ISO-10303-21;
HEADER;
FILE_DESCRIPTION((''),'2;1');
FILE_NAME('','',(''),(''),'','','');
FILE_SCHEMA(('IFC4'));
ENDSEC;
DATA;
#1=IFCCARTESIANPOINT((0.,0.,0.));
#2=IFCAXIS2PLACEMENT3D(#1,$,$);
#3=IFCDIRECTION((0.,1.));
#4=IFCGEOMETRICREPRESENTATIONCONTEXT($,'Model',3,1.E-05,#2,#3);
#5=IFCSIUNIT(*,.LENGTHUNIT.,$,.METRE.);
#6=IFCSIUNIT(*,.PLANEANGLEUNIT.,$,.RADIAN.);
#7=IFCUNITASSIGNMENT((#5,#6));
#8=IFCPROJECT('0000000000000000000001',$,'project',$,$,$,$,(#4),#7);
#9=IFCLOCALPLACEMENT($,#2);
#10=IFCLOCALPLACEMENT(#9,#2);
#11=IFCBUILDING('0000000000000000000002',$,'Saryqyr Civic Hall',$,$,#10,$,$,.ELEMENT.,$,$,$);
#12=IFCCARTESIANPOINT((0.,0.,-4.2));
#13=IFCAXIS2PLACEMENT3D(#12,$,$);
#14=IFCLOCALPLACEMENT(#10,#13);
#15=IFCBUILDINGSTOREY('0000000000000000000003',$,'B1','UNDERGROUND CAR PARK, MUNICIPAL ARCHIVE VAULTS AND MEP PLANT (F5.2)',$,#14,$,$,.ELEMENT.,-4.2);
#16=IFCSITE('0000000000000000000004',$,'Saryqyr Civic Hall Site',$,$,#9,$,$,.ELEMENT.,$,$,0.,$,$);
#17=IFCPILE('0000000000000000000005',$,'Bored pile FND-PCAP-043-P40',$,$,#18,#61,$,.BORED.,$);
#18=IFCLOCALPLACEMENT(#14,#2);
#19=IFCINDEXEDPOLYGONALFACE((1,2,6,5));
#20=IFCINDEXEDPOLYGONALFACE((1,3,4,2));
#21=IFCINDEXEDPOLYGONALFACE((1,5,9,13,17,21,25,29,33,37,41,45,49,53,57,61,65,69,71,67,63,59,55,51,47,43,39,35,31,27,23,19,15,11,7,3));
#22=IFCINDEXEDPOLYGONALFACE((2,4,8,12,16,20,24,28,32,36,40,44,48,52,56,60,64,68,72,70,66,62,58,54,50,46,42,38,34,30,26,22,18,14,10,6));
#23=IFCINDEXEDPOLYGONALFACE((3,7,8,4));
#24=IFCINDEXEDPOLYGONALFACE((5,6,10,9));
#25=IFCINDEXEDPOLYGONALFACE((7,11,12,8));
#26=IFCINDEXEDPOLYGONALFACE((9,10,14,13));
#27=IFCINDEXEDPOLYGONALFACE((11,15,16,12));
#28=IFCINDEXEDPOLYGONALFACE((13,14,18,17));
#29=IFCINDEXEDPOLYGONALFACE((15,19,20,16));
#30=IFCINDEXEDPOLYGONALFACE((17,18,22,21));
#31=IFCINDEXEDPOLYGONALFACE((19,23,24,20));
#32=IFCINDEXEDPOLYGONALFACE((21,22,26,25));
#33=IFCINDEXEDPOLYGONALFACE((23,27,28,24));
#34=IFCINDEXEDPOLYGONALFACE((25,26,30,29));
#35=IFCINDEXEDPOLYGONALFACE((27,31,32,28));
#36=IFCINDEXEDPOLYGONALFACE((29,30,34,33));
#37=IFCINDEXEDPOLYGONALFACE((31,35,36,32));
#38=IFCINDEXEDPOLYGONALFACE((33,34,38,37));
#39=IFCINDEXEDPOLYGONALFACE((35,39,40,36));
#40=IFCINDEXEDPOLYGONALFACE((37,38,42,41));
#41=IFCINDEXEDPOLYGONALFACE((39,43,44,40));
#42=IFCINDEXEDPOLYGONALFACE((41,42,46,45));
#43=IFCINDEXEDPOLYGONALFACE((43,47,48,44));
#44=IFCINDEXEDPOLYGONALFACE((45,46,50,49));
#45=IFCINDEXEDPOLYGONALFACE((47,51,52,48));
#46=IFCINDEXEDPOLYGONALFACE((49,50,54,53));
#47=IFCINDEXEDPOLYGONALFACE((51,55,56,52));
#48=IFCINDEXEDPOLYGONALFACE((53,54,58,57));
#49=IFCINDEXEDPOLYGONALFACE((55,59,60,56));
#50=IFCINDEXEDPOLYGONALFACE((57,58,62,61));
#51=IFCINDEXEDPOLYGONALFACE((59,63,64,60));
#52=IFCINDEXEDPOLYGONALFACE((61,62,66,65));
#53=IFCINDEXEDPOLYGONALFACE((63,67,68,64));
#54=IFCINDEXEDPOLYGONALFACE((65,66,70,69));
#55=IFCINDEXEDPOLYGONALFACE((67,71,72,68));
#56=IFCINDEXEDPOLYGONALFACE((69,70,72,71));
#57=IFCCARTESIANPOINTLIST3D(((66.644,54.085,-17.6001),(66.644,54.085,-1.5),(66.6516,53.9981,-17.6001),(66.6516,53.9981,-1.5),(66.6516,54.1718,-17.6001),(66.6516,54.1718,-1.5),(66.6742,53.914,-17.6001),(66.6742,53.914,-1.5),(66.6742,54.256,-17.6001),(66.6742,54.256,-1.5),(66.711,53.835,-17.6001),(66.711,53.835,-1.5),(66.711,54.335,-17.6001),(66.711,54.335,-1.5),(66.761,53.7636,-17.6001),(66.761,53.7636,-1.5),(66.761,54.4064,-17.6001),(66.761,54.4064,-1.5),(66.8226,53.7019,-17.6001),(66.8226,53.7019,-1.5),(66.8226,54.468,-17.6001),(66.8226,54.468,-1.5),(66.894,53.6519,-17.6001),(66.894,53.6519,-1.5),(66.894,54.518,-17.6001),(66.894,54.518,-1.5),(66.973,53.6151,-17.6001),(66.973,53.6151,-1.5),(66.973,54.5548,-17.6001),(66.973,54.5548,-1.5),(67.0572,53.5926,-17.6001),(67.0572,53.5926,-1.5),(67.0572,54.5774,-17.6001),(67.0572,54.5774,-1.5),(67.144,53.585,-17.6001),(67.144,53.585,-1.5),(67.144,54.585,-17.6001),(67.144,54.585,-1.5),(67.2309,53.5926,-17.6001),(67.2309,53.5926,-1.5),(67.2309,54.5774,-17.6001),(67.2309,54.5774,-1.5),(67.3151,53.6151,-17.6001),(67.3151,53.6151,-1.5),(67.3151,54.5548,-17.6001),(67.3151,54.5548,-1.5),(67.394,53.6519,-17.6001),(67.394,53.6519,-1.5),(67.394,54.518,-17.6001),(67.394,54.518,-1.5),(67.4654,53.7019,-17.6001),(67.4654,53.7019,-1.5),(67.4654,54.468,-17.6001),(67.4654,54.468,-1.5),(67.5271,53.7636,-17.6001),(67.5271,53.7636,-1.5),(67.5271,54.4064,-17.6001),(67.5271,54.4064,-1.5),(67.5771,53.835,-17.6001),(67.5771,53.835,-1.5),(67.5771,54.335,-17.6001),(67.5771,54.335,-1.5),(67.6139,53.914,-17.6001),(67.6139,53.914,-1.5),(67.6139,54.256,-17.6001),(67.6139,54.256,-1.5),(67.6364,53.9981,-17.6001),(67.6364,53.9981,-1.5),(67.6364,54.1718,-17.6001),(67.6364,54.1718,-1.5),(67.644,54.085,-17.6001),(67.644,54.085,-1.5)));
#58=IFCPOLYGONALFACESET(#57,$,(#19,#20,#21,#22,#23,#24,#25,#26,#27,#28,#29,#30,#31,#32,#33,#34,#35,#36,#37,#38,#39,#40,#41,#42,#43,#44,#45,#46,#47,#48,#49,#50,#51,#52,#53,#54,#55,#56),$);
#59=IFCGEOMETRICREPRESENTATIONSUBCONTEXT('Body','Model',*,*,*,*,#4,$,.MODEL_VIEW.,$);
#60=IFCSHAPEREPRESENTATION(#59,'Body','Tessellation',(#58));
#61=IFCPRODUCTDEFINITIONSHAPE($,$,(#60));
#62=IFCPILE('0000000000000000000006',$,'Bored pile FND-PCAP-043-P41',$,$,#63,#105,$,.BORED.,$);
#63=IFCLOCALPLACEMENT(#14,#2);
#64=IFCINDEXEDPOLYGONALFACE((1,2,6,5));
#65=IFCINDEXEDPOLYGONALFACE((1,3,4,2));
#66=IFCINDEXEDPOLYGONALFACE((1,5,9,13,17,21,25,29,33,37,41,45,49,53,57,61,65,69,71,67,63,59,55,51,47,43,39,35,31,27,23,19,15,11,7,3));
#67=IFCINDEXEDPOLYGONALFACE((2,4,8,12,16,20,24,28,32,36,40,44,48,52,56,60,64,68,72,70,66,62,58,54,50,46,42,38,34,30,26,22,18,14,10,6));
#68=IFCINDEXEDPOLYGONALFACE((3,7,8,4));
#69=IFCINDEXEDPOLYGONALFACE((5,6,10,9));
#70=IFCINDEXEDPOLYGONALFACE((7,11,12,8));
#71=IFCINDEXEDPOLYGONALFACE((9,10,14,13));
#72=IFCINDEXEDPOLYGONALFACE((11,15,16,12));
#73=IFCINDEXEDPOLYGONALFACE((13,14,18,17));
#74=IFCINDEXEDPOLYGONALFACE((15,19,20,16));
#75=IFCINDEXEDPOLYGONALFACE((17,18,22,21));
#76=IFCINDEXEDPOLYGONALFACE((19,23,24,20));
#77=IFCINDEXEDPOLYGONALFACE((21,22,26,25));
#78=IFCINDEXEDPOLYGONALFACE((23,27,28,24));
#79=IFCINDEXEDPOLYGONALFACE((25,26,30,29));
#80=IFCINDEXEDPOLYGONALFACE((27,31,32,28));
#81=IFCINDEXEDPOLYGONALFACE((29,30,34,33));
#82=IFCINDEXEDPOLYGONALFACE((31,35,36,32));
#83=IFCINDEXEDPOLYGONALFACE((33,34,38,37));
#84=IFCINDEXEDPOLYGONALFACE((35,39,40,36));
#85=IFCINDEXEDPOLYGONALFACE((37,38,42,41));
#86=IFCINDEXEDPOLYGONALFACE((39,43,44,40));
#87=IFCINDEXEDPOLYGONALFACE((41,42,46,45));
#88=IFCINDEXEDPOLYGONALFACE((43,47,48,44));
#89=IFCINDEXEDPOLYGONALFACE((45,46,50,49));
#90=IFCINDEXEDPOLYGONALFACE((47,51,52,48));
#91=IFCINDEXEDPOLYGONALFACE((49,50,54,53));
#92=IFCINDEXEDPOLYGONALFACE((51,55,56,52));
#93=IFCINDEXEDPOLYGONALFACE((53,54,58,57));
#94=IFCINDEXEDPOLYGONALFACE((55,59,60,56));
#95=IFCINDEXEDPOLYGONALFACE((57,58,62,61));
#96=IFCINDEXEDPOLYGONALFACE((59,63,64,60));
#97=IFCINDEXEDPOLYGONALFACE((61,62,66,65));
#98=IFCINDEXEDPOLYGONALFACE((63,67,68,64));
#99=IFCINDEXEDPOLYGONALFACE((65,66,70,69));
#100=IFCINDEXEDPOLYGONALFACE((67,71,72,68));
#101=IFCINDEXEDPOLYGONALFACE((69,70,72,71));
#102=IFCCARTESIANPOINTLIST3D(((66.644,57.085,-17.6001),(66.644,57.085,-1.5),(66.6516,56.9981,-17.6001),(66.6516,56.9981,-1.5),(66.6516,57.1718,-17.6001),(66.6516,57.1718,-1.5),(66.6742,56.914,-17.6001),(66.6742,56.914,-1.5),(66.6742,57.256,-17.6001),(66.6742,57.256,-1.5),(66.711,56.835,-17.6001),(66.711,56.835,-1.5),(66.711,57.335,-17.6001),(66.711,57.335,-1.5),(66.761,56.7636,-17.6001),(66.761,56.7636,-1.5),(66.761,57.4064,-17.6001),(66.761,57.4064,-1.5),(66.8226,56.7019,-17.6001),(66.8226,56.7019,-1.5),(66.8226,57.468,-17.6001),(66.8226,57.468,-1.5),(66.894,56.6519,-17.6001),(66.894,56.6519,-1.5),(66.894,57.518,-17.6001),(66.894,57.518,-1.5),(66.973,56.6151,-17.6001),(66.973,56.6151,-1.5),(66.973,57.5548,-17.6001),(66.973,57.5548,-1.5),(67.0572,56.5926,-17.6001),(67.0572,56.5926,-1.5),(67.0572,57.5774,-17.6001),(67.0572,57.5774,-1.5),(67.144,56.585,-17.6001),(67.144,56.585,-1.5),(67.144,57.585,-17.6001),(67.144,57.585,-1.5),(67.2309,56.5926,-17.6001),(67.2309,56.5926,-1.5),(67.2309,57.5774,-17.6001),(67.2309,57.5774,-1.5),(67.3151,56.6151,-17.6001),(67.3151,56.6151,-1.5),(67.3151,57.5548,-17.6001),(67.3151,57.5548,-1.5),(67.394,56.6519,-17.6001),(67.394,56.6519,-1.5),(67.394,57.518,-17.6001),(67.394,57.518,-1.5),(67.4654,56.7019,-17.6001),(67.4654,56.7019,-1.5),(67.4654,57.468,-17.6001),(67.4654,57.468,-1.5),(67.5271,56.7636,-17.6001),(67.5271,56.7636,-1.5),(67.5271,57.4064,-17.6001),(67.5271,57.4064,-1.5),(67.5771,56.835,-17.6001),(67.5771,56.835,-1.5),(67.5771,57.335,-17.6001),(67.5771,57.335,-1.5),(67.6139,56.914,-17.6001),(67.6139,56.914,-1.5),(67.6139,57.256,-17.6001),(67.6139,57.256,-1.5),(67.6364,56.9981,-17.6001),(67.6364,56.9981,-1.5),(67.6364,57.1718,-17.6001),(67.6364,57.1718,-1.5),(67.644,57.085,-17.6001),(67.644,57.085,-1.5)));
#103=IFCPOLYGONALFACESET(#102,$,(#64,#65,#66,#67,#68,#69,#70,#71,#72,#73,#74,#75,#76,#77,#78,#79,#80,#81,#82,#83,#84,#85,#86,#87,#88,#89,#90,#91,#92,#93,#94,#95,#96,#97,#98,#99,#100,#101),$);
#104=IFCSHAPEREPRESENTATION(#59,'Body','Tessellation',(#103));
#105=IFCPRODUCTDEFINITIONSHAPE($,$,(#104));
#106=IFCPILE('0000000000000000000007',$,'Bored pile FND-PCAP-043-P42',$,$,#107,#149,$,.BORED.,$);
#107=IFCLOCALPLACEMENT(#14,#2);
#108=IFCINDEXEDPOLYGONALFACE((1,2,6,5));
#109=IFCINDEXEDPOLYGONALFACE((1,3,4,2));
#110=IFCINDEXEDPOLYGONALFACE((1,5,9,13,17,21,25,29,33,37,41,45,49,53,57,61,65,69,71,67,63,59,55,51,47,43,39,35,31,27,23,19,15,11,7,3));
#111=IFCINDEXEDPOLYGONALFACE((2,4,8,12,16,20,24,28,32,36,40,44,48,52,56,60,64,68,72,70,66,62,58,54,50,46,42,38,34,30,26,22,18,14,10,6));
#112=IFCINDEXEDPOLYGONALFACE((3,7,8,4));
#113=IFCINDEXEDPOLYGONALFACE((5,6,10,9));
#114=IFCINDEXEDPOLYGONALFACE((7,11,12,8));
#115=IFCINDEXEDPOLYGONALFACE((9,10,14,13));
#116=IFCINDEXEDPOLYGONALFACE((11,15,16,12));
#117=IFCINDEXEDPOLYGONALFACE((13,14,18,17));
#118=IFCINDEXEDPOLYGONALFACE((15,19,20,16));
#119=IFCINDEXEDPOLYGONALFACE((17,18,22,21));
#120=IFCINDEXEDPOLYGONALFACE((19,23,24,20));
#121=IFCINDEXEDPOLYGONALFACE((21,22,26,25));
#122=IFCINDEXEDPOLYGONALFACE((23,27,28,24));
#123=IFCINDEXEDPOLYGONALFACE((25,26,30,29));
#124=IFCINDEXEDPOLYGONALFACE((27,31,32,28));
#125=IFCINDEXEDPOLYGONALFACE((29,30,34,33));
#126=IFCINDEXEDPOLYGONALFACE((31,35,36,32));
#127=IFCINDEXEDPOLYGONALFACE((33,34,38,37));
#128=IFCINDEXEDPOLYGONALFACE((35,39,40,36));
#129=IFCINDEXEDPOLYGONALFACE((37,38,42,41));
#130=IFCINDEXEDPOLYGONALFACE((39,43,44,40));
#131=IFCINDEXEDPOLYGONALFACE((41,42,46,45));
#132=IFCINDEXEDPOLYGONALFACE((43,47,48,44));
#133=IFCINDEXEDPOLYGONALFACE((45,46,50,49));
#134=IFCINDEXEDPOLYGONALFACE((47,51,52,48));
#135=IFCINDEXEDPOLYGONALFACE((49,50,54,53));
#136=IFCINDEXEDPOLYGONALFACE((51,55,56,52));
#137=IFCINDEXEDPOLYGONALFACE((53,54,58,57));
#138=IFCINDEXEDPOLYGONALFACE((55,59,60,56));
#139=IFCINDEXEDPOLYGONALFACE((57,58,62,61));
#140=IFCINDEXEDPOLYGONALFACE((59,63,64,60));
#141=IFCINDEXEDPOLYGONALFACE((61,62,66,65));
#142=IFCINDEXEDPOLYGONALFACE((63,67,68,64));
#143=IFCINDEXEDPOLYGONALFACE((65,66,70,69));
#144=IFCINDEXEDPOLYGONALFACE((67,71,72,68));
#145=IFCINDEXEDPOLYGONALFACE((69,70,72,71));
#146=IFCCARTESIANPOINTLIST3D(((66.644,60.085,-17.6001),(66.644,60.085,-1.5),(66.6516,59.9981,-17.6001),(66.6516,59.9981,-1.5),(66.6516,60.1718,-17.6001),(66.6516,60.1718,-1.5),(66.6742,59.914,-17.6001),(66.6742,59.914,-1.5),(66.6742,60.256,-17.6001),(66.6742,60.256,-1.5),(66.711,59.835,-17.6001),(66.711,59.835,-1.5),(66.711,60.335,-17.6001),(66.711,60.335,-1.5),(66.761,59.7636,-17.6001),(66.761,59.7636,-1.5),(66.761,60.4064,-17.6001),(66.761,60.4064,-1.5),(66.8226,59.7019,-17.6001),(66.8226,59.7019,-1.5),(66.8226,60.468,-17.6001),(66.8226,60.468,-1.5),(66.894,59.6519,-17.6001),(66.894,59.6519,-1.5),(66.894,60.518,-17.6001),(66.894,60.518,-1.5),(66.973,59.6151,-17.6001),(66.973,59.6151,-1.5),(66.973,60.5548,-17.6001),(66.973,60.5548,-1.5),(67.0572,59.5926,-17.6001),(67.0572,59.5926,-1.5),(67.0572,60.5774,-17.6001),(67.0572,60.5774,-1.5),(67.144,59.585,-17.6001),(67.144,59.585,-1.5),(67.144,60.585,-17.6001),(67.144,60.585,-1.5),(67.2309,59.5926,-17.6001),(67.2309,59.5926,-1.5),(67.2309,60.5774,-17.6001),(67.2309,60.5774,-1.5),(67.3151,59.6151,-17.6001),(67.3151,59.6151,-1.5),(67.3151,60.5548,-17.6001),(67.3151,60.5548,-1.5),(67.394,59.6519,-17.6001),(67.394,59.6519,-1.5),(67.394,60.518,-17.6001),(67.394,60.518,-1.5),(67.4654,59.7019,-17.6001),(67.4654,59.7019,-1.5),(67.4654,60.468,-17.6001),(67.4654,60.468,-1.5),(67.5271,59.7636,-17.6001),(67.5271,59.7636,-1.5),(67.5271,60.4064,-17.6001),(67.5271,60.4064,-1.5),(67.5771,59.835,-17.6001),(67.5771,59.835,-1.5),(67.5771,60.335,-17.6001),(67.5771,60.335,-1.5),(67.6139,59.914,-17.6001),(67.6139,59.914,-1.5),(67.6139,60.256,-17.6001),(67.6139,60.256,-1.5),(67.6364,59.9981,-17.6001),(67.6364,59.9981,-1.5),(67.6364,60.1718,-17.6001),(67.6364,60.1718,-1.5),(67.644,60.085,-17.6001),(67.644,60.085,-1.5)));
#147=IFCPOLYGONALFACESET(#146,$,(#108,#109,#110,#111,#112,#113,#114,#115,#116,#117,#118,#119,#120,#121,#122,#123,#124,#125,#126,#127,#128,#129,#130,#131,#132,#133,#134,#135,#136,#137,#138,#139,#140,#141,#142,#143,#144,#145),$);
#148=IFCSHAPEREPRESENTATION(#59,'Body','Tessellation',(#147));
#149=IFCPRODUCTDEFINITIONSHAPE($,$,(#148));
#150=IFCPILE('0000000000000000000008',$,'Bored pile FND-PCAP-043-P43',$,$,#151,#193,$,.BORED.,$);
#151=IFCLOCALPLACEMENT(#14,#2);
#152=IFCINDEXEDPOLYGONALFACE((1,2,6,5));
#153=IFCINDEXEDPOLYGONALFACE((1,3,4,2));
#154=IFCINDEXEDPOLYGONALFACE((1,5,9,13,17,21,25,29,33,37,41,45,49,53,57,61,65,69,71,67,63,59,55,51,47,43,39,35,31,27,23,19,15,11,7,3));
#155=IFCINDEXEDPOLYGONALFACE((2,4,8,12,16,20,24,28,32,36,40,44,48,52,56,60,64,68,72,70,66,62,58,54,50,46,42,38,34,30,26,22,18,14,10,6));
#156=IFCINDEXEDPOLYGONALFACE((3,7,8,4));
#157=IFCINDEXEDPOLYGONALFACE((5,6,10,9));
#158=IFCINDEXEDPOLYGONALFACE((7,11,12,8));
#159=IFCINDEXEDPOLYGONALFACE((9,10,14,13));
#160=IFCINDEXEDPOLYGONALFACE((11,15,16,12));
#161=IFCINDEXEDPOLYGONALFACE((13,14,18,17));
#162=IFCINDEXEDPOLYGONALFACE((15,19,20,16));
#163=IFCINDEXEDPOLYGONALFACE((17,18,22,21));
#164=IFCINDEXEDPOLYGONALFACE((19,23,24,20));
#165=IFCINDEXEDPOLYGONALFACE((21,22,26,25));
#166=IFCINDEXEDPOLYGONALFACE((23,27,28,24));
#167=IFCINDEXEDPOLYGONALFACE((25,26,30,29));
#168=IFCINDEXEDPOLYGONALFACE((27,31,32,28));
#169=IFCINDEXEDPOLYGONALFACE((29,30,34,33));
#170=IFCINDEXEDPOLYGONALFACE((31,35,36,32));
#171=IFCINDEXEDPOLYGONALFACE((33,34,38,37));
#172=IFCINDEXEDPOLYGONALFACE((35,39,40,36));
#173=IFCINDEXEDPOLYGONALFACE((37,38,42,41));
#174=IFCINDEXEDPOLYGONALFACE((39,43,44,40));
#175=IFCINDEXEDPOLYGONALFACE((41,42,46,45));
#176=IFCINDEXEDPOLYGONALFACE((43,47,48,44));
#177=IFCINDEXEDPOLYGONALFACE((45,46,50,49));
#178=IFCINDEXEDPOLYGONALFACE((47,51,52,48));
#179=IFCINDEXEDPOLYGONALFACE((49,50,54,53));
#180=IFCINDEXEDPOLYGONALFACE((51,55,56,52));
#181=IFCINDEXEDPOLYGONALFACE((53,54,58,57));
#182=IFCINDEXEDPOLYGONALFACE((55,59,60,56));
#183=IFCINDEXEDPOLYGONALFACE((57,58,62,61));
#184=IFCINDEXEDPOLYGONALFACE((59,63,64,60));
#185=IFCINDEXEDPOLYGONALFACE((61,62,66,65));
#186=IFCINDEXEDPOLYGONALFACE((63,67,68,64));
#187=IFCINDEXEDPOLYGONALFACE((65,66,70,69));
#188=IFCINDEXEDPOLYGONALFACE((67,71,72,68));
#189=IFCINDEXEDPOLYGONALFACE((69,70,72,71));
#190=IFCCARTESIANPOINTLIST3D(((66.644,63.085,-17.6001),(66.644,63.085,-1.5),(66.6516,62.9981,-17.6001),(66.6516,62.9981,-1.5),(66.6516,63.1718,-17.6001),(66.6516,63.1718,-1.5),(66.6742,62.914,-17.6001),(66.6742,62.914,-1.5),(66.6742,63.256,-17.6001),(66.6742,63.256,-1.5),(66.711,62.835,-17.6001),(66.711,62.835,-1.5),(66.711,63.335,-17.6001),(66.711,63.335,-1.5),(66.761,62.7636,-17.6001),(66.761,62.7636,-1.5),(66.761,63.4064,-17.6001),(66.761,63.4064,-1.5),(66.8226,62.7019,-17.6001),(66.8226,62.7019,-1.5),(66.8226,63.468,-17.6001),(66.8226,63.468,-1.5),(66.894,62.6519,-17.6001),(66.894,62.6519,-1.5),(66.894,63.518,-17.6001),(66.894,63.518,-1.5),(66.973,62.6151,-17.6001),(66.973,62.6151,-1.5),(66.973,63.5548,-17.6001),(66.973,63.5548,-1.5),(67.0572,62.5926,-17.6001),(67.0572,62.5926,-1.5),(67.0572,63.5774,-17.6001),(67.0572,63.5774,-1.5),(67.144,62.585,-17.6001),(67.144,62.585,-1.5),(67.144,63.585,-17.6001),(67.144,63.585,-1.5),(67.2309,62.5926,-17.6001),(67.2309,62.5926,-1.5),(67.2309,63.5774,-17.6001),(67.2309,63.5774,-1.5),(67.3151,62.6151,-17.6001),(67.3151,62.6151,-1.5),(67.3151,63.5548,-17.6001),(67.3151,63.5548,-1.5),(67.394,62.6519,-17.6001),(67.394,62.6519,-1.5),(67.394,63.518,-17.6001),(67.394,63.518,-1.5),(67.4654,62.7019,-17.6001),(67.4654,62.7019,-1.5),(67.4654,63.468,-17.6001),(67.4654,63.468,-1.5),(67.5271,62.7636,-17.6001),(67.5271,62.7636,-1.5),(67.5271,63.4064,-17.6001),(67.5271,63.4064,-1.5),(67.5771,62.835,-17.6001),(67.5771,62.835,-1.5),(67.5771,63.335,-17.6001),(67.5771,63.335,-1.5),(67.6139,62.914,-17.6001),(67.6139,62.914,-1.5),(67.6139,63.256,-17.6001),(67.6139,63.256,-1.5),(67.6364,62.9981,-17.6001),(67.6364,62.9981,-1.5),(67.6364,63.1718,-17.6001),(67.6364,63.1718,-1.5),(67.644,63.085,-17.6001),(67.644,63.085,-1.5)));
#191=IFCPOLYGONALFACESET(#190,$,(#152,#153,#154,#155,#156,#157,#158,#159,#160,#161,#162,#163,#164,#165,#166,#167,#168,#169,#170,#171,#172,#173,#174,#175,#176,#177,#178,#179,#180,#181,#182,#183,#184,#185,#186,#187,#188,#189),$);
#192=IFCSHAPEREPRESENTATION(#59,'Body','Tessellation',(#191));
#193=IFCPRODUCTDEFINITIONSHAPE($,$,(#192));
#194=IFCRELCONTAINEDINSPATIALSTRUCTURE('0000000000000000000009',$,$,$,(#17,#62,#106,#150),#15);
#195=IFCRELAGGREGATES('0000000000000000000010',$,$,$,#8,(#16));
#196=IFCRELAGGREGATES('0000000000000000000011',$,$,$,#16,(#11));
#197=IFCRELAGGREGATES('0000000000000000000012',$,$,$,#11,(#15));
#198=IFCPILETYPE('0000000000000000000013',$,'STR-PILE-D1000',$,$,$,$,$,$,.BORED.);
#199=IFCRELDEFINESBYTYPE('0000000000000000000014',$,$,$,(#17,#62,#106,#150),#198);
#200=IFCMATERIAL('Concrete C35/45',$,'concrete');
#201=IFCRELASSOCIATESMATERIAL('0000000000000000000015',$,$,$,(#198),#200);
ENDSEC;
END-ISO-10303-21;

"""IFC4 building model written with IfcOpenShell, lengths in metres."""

from ifc_helpers import new_model, si_unit, direction, frame, origin, origin_2d, place, context, subcontext, project, spatial, circle, extrude, material, material_profile, profile_set, type_object, element, save


model = new_model("IFC4")

# Units and contexts
model_context = context("Model", 3, precision=1e-05, world=origin(), true_north=direction((0.0, 1.0)))
body_context = subcontext(model_context, "Body", "Model", "MODEL_VIEW")
ifc_project = project(units=[si_unit("LENGTHUNIT", "METRE"), si_unit("PLANEANGLEUNIT", "RADIAN")], contexts=[model_context])

# Site, building, storey
site_placement = place(None, origin())
site = spatial("IfcSite", under=ifc_project, at=site_placement, Name="Saryqyr Civic Hall Site", CompositionType="ELEMENT", RefElevation=0.0)
building_placement = place(site_placement, origin())
building = spatial("IfcBuilding", under=site, at=building_placement, Name="Saryqyr Civic Hall", CompositionType="ELEMENT")
storey_placement = place(building_placement, frame((0.0, 0.0, -4.2)))
storey = spatial("IfcBuildingStorey", under=building, at=storey_placement, Name="B1", Description="UNDERGROUND CAR PARK, MUNICIPAL ARCHIVE VAULTS AND MEP PLANT (F5.2)", CompositionType="ELEMENT", Elevation=-4.2)

# Piles
ifc_material_1 = material(Name="Concrete C35/45", Category="concrete")
ifc_material_profile_1 = material_profile(ifc_material_1, circle(Radius=0.5, at=origin_2d()), Name="BORED PILE D1000")
ifc_profile_set_1 = profile_set([ifc_material_profile_1], Name="Concrete C35/45")
pile_type = type_object("IfcPileType", Name="STR-PILE-D1000", PredefinedType="BORED", material=ifc_profile_set_1)
for number, where, z_axis, x_axis, name in (
    (1, (67.144, 54.085, -1.5), (0.0, 0.0, -1.0), (1.0, 0.0, 0.0), "Bored pile FND-PCAP-043-P40"),
    (2, (67.144, 57.085, -1.5), (0.0, 0.0, -1.0), (1.0, 0.0, 0.0), "Bored pile FND-PCAP-043-P41"),
    (3, (67.144, 60.085, -1.5), (0.0, 0.0, -1.0), (1.0, 0.0, 0.0), "Bored pile FND-PCAP-043-P42"),
    (4, (67.144, 63.085, -1.5), (0.0, 0.0, -1.0), (1.0, 0.0, 0.0), "Bored pile FND-PCAP-043-P43"),
):
    element("IfcPile", number, at=place(storey_placement, frame(where, z_axis=z_axis, x_axis=x_axis)), inside=storey, type_object=pile_type, Name=name, PredefinedType="BORED", context=body_context, shape_type="SweptSolid", body=[
        extrude(circle(Radius=0.5, at=origin_2d()), origin(), (0.0, 0.0, 1.0), 16.1001),
    ])

save(model, "model.ifc")
